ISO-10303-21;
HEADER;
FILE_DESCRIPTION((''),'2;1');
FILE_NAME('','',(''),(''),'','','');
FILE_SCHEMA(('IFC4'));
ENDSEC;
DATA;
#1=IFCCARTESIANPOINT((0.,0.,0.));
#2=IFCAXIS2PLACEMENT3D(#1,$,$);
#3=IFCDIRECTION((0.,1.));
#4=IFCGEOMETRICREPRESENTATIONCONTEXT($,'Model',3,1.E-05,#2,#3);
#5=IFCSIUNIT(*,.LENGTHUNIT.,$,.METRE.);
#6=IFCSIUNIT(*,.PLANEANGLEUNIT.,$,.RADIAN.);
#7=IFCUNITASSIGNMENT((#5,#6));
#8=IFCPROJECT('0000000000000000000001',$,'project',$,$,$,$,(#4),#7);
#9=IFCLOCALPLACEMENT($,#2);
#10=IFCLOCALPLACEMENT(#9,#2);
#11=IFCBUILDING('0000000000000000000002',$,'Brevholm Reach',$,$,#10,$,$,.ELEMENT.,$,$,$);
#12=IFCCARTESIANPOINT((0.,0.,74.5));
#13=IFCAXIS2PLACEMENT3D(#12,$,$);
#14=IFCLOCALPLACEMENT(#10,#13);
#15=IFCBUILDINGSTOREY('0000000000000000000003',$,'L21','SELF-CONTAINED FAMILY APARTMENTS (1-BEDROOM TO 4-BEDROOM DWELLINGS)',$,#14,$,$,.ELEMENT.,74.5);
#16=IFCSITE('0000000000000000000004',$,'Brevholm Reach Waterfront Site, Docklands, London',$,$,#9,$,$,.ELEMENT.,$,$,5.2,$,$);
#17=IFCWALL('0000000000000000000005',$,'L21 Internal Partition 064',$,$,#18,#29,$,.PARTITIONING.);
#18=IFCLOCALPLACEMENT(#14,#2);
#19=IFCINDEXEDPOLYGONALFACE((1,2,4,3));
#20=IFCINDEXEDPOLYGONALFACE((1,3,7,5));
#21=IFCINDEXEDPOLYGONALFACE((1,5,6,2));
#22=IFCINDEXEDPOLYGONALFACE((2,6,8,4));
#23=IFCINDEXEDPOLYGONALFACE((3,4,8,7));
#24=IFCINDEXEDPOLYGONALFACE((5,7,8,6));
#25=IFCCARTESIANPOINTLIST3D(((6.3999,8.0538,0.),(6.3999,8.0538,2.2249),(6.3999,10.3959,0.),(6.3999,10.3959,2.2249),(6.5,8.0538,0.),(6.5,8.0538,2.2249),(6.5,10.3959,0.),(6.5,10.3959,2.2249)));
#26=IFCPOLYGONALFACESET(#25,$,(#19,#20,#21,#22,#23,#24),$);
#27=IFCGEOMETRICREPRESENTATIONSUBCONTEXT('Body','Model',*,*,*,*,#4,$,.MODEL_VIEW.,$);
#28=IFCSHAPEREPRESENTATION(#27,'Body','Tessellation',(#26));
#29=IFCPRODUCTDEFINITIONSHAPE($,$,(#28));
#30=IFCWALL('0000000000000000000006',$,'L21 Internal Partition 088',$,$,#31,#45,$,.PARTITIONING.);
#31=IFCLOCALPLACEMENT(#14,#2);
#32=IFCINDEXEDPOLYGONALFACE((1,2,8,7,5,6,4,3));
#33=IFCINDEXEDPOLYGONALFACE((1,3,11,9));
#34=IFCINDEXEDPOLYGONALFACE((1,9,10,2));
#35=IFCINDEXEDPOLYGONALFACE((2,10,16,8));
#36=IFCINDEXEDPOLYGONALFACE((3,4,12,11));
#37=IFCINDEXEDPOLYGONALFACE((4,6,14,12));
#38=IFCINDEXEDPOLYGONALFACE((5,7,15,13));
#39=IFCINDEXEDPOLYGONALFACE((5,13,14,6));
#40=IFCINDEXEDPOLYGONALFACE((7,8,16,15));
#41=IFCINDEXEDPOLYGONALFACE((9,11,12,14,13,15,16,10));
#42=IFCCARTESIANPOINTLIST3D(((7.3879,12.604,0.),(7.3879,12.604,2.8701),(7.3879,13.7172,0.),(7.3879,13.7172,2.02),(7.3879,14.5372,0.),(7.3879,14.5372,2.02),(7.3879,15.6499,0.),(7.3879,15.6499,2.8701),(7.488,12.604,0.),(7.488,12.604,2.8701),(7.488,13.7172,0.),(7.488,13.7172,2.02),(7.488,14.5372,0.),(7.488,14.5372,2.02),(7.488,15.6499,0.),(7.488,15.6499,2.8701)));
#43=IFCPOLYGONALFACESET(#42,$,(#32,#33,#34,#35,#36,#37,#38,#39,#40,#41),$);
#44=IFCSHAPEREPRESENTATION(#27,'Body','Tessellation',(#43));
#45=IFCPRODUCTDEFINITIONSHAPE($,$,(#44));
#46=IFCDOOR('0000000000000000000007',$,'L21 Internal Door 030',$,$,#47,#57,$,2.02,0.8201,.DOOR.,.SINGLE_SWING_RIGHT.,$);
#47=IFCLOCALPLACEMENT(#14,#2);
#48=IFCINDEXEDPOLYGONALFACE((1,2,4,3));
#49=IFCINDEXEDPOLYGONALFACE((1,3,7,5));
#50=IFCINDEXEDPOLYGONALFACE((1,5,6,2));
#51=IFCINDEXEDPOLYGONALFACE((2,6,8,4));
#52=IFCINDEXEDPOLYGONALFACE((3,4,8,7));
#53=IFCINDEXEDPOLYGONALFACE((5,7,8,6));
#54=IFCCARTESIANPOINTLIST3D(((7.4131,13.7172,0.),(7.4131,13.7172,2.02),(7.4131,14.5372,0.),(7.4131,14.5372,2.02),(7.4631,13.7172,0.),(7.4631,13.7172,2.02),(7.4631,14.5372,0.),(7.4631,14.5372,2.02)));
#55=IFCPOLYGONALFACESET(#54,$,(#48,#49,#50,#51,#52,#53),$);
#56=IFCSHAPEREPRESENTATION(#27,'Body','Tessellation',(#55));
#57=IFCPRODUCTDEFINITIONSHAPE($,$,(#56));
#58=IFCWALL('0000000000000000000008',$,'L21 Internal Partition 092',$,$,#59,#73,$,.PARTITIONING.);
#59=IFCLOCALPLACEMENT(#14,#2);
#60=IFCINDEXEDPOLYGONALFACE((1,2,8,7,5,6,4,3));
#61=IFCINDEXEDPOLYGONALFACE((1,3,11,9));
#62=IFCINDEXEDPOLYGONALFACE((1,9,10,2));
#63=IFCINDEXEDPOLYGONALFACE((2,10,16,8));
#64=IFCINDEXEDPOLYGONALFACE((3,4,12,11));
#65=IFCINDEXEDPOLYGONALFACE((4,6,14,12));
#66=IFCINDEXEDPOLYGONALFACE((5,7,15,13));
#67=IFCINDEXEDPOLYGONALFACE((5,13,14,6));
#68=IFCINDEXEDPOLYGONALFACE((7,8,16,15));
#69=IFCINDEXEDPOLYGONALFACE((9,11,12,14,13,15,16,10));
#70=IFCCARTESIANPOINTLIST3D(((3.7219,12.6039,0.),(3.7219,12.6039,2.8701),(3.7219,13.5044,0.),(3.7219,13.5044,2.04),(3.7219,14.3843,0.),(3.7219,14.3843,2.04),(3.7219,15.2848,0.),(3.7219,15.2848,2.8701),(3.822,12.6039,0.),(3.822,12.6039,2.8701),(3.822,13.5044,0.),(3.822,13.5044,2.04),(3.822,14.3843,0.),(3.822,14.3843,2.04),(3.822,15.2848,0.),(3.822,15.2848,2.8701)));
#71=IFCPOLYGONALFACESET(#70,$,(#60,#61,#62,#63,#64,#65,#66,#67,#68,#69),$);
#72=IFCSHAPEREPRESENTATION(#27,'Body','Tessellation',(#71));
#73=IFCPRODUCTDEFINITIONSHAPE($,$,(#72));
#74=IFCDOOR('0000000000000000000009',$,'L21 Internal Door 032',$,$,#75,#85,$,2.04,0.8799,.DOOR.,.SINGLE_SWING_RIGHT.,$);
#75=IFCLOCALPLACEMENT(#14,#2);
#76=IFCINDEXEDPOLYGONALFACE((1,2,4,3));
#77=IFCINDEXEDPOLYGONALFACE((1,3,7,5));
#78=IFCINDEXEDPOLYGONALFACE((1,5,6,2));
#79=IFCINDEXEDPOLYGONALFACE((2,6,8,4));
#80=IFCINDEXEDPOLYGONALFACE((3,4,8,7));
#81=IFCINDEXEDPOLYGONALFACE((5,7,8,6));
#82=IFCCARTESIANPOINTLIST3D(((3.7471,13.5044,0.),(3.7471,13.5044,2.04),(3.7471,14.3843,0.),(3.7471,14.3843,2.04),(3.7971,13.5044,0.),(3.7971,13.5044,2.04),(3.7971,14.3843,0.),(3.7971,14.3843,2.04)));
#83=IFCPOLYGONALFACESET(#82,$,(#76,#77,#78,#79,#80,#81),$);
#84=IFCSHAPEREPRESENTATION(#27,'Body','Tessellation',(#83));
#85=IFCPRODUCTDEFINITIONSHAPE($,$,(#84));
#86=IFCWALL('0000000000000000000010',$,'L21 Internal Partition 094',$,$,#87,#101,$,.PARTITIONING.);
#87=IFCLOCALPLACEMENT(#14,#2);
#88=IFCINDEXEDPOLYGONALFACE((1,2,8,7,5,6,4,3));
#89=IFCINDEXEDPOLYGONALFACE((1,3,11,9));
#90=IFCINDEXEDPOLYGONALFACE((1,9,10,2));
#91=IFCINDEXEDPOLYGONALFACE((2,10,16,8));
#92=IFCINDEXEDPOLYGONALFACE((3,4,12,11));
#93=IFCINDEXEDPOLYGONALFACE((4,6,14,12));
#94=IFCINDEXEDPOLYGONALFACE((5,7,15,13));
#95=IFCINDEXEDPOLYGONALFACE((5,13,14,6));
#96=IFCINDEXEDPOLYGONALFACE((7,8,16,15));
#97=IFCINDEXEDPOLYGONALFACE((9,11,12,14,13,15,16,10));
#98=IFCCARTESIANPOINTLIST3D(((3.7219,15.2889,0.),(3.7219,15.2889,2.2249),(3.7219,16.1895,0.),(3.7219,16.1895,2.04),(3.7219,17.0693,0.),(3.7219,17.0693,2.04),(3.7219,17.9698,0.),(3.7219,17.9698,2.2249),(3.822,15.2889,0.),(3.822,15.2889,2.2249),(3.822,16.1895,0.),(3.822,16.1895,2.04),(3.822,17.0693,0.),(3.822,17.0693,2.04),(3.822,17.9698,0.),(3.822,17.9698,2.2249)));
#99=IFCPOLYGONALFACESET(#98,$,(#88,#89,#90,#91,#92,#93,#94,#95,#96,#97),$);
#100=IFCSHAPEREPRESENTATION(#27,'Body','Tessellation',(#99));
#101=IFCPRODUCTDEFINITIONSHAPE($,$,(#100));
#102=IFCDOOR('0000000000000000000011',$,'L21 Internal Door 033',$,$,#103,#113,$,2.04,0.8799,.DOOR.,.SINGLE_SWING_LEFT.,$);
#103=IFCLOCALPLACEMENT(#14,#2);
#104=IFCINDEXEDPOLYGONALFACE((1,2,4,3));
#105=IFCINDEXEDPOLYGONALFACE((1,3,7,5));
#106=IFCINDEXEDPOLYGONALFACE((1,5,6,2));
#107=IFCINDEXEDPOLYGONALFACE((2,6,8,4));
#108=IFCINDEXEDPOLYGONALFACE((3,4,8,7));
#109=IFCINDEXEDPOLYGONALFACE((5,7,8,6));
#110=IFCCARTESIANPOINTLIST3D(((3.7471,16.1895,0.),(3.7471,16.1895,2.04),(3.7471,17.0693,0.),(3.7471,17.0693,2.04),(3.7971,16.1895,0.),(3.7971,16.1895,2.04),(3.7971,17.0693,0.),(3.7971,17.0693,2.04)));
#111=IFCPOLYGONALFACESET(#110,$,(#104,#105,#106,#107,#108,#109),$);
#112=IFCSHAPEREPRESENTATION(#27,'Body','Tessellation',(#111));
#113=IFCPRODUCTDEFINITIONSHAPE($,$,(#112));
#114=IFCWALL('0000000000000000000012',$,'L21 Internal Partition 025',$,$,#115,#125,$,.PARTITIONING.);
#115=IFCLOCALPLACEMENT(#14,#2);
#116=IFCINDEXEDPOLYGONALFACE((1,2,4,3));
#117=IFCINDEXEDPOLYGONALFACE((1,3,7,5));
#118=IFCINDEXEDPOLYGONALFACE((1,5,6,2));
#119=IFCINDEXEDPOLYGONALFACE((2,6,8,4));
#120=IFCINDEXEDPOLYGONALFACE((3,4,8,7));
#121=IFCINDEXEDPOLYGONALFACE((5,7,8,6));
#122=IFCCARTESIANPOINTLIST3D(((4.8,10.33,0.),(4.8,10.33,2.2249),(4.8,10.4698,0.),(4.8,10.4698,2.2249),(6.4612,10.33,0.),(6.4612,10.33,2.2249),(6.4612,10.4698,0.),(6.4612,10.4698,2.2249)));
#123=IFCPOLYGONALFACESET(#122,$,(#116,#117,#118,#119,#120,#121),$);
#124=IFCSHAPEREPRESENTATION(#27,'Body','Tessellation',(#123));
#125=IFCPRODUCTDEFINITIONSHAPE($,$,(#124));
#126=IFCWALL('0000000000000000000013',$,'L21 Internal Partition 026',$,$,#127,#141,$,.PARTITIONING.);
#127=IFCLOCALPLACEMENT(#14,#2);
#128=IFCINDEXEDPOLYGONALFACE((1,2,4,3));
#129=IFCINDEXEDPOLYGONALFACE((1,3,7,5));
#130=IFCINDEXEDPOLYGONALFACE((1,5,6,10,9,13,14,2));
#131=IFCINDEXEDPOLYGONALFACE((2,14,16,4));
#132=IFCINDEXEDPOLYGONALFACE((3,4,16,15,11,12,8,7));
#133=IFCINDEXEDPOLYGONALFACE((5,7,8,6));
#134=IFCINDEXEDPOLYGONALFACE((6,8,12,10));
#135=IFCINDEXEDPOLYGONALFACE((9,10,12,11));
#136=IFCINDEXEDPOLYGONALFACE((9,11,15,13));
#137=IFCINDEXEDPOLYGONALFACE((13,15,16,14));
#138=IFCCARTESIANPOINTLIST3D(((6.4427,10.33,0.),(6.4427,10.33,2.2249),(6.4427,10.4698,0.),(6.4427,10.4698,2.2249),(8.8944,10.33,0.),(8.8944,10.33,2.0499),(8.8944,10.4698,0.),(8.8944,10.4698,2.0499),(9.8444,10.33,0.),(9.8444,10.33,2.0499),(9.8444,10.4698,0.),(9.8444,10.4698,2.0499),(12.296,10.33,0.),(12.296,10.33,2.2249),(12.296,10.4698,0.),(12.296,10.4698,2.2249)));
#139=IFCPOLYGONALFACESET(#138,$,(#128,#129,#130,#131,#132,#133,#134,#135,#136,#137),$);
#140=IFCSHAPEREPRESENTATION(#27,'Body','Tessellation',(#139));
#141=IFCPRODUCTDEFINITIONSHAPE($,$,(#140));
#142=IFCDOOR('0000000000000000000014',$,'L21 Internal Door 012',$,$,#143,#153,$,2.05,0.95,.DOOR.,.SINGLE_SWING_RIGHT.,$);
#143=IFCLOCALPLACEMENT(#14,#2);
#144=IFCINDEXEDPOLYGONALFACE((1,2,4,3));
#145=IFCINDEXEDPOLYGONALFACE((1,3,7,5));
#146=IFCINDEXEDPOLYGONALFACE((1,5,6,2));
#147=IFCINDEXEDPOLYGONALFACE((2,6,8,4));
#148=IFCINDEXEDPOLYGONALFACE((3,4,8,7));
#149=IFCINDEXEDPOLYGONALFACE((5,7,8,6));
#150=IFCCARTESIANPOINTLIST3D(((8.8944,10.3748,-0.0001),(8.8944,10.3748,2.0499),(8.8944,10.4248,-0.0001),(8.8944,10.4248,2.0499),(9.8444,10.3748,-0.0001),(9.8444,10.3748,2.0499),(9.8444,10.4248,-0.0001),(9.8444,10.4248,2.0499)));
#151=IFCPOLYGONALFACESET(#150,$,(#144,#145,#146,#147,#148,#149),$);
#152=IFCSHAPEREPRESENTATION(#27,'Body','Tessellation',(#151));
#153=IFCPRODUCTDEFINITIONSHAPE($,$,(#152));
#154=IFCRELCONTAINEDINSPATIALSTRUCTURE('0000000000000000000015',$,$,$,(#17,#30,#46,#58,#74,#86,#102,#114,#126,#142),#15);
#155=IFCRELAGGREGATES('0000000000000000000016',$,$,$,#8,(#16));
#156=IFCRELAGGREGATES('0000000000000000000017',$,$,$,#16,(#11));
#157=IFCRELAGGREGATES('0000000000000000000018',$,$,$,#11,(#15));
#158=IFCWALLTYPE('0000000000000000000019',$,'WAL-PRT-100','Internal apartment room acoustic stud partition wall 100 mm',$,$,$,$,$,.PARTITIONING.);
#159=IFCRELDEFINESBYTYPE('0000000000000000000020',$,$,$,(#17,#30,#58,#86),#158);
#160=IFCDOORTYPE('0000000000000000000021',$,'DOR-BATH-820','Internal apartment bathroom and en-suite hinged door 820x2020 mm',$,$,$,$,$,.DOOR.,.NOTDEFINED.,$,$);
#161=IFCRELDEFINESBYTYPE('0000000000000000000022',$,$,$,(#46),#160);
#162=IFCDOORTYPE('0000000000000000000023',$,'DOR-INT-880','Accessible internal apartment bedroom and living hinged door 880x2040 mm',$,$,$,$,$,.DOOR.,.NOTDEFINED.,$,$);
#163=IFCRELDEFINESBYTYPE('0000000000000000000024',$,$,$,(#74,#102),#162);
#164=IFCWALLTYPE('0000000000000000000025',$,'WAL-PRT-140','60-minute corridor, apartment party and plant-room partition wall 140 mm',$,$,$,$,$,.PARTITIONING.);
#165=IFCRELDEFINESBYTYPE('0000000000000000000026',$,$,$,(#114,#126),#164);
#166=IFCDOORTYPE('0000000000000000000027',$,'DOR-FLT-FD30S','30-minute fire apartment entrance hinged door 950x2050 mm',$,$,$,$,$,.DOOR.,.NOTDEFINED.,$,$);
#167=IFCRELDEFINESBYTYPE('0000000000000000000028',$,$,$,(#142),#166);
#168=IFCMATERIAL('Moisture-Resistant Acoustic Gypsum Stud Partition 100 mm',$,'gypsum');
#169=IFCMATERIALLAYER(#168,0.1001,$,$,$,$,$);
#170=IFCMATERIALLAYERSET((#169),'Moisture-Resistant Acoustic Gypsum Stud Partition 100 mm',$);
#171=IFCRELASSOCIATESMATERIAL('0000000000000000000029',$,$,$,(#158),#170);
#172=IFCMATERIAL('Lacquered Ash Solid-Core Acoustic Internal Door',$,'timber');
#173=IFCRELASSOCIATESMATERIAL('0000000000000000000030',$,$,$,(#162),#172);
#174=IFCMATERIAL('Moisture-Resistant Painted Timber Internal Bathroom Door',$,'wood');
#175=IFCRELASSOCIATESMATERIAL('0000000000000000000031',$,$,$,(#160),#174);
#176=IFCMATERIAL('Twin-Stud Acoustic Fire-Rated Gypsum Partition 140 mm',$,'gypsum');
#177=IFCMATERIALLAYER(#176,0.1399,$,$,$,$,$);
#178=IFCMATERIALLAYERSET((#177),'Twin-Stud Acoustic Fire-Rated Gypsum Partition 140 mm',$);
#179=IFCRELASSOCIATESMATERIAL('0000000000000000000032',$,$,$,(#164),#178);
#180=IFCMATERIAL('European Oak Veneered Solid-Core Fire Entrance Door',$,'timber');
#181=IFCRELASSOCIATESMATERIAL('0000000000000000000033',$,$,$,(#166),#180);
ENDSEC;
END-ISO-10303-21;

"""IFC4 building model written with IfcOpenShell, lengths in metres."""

from ifc_helpers import new_model, si_unit, direction, frame, frame_2d, origin, place, context, subcontext, project, spatial, rectangle, extrude, material, layer, layer_set, type_object, element, fill, save


model = new_model("IFC4")

# Units and contexts
model_context = context("Model", 3, precision=1e-05, world=origin(), true_north=direction((0.0, 1.0)))
body_context = subcontext(model_context, "Body", "Model", "MODEL_VIEW")
ifc_project = project(units=[si_unit("LENGTHUNIT", "METRE"), si_unit("PLANEANGLEUNIT", "RADIAN")], contexts=[model_context])

# Site, building, storey
site_placement = place(None, origin())
site = spatial("IfcSite", under=ifc_project, at=site_placement, Name="Brevholm Reach Waterfront Site, Docklands, London", CompositionType="ELEMENT", RefElevation=5.2)
building_placement = place(site_placement, origin())
building = spatial("IfcBuilding", under=site, at=building_placement, Name="Brevholm Reach", CompositionType="ELEMENT")
storey_placement = place(building_placement, frame((0.0, 0.0, 74.5)))
storey = spatial("IfcBuildingStorey", under=building, at=storey_placement, Name="L21", Description="SELF-CONTAINED FAMILY APARTMENTS (1-BEDROOM TO 4-BEDROOM DWELLINGS)", CompositionType="ELEMENT", Elevation=74.5)

# Shared definitions
ifc_material_1 = material(Name="Moisture-Resistant Acoustic Gypsum Stud Partition 100 mm", Category="gypsum")
ifc_layer_1 = layer(ifc_material_1, 0.1001)
ifc_layer_set_1 = layer_set([ifc_layer_1], Name="Moisture-Resistant Acoustic Gypsum Stud Partition 100 mm")
wall_type_1 = type_object("IfcWallType", Name="WAL-PRT-100", Description="Internal apartment room acoustic stud partition wall 100 mm", PredefinedType="PARTITIONING", material=ifc_layer_set_1)

# Shared definitions
ifc_material_2 = material(Name="Lacquered Ash Solid-Core Acoustic Internal Door", Category="timber")
door_type_1 = type_object("IfcDoorType", Name="DOR-INT-880", Description="Accessible internal apartment bedroom and living hinged door 880x2040 mm", OperationType="NOTDEFINED", PredefinedType="DOOR", material=ifc_material_2)

# Wall
wall_1_placement = place(storey_placement, frame((6.45, 8.054, 0.0), z_axis=(0.0, 0.0, 1.0), x_axis=(0.0, 1.0, 0.0)))
element("IfcWall", 1, at=wall_1_placement, inside=storey, type_object=wall_type_1, Name="L21 Internal Partition 064", PredefinedType="PARTITIONING", context=body_context, shape_type="SweptSolid", body=[
    extrude(rectangle(XDim=2.342, YDim=0.1001, at=frame_2d((1.1709, 0.0))), origin(), (0.0, 0.0, 1.0), 2.2249),
])

# Walls, openings, doors
wall_2_placement = place(storey_placement, frame((7.438, 12.604, 0.0), z_axis=(0.0, 0.0, 1.0), x_axis=(0.0, 1.0, 0.0)))
wall_2 = element("IfcWall", 2, at=wall_2_placement, inside=storey, type_object=wall_type_1, Name="L21 Internal Partition 088", PredefinedType="PARTITIONING", context=body_context, shape_type="SweptSolid", body=[
    extrude(rectangle(XDim=3.0459, YDim=0.1001, at=frame_2d((1.5229, 0.0))), origin(), (0.0, 0.0, 1.0), 2.8701),
])
opening_1_placement = place(wall_2_placement, frame((1.113, 0.0, 0.0)))
opening_1 = element("IfcOpeningElement", 3, at=opening_1_placement, cuts=wall_2, PredefinedType="OPENING", context=body_context, shape_type="SweptSolid", body=[
    extrude(rectangle(XDim=0.8201, YDim=2.02, at=frame_2d((0.4102, 1.01))), frame((0.0, 0.0601, 0.0), z_axis=(0.0, -1.0, 0.0), x_axis=(1.0, 0.0, 0.0)), (0.0, 0.0, 1.0), 0.1201),
])
ifc_material_3 = material(Name="Moisture-Resistant Painted Timber Internal Bathroom Door", Category="wood")
door_type_2 = type_object("IfcDoorType", Name="DOR-BATH-820", Description="Internal apartment bathroom and en-suite hinged door 820x2020 mm", OperationType="NOTDEFINED", PredefinedType="DOOR", material=ifc_material_3)
door_1_placement = place(opening_1_placement, origin())
door_1 = element("IfcDoor", 4, at=door_1_placement, inside=storey, type_object=door_type_2, Name="L21 Internal Door 030", OperationType="SINGLE_SWING_RIGHT", OverallHeight=2.02, OverallWidth=0.8201, PredefinedType="DOOR", context=body_context, shape_type="SweptSolid", body=[
    extrude(rectangle(XDim=0.8201, YDim=2.02, at=frame_2d((0.4102, 1.01))), frame((0.0, 0.0249, 0.0), z_axis=(0.0, -1.0, 0.0), x_axis=(1.0, 0.0, 0.0)), (0.0, 0.0, 1.0), 0.05),
])
fill(opening_1, door_1)
wall_3_placement = place(storey_placement, frame((3.772, 12.604, 0.0), z_axis=(0.0, 0.0, 1.0), x_axis=(0.0, 1.0, 0.0)))
wall_3 = element("IfcWall", 5, at=wall_3_placement, inside=storey, type_object=wall_type_1, Name="L21 Internal Partition 092", PredefinedType="PARTITIONING", context=body_context, shape_type="SweptSolid", body=[
    extrude(rectangle(XDim=2.6809, YDim=0.1001, at=frame_2d((1.3403, 0.0))), origin(), (0.0, 0.0, 1.0), 2.8701),
])
opening_2_placement = place(wall_3_placement, frame((0.9004, 0.0, 0.0)))
opening_2 = element("IfcOpeningElement", 6, at=opening_2_placement, cuts=wall_3, PredefinedType="OPENING", context=body_context, shape_type="SweptSolid", body=[
    extrude(rectangle(XDim=0.8799, YDim=2.04, at=frame_2d((0.4399, 1.02))), frame((0.0, 0.0601, 0.0), z_axis=(0.0, -1.0, 0.0), x_axis=(1.0, 0.0, 0.0)), (0.0, 0.0, 1.0), 0.1201),
])
door_2_placement = place(opening_2_placement, origin())
door_2 = element("IfcDoor", 7, at=door_2_placement, inside=storey, type_object=door_type_1, Name="L21 Internal Door 032", OperationType="SINGLE_SWING_RIGHT", OverallHeight=2.04, OverallWidth=0.8799, PredefinedType="DOOR", context=body_context, shape_type="SweptSolid", body=[
    extrude(rectangle(XDim=0.8799, YDim=2.04, at=frame_2d((0.4399, 1.02))), frame((0.0, 0.0249, 0.0), z_axis=(0.0, -1.0, 0.0), x_axis=(1.0, 0.0, 0.0)), (0.0, 0.0, 1.0), 0.05),
])
fill(opening_2, door_2)
wall_4_placement = place(storey_placement, frame((3.772, 15.2891, 0.0), z_axis=(0.0, 0.0, 1.0), x_axis=(0.0, 1.0, 0.0)))
wall_4 = element("IfcWall", 8, at=wall_4_placement, inside=storey, type_object=wall_type_1, Name="L21 Internal Partition 094", PredefinedType="PARTITIONING", context=body_context, shape_type="SweptSolid", body=[
    extrude(rectangle(XDim=2.6809, YDim=0.1001, at=frame_2d((1.3403, 0.0))), origin(), (0.0, 0.0, 1.0), 2.2249),
])
opening_3_placement = place(wall_4_placement, frame((0.9004, 0.0, 0.0)))
opening_3 = element("IfcOpeningElement", 9, at=opening_3_placement, cuts=wall_4, PredefinedType="OPENING", context=body_context, shape_type="SweptSolid", body=[
    extrude(rectangle(XDim=0.8799, YDim=2.04, at=frame_2d((0.4399, 1.02))), frame((0.0, 0.0601, 0.0), z_axis=(0.0, -1.0, 0.0), x_axis=(1.0, 0.0, 0.0)), (0.0, 0.0, 1.0), 0.1201),
])
door_3_placement = place(opening_3_placement, origin())
door_3 = element("IfcDoor", 10, at=door_3_placement, inside=storey, type_object=door_type_1, Name="L21 Internal Door 033", OperationType="SINGLE_SWING_LEFT", OverallHeight=2.04, OverallWidth=0.8799, PredefinedType="DOOR", context=body_context, shape_type="SweptSolid", body=[
    extrude(rectangle(XDim=0.8799, YDim=2.04, at=frame_2d((0.4399, 1.02))), frame((0.0, 0.0249, 0.0), z_axis=(0.0, -1.0, 0.0), x_axis=(1.0, 0.0, 0.0)), (0.0, 0.0, 1.0), 0.05),
])
fill(opening_3, door_3)

# Wall
ifc_material_4 = material(Name="Twin-Stud Acoustic Fire-Rated Gypsum Partition 140 mm", Category="gypsum")
ifc_layer_2 = layer(ifc_material_4, 0.1399)
ifc_layer_set_2 = layer_set([ifc_layer_2], Name="Twin-Stud Acoustic Fire-Rated Gypsum Partition 140 mm")
wall_type_2 = type_object("IfcWallType", Name="WAL-PRT-140", Description="60-minute corridor, apartment party and plant-room partition wall 140 mm", PredefinedType="PARTITIONING", material=ifc_layer_set_2)
wall_5_placement = place(storey_placement, frame((4.8, 10.3999, 0.0), z_axis=(0.0, 0.0, 1.0), x_axis=(1.0, 0.0, 0.0)))
element("IfcWall", 11, at=wall_5_placement, inside=storey, type_object=wall_type_2, Name="L21 Internal Partition 025", PredefinedType="PARTITIONING", context=body_context, shape_type="SweptSolid", body=[
    extrude(rectangle(XDim=1.6611, YDim=0.1399, at=frame_2d((0.8306, 0.0))), origin(), (0.0, 0.0, 1.0), 2.2249),
])

# Wall, opening, door
wall_6_placement = place(storey_placement, frame((6.4426, 10.3999, 0.0), z_axis=(0.0, 0.0, 1.0), x_axis=(1.0, 0.0, 0.0)))
wall_6 = element("IfcWall", 12, at=wall_6_placement, inside=storey, type_object=wall_type_2, Name="L21 Internal Partition 026", PredefinedType="PARTITIONING", context=body_context, shape_type="SweptSolid", body=[
    extrude(rectangle(XDim=5.8533, YDim=0.1399, at=frame_2d((2.9268, 0.0))), origin(), (0.0, 0.0, 1.0), 2.2249),
])
opening_4_placement = place(wall_6_placement, frame((2.4517, 0.0, 0.0)))
opening_4 = element("IfcOpeningElement", 13, at=opening_4_placement, cuts=wall_6, PredefinedType="OPENING", context=body_context, shape_type="SweptSolid", body=[
    extrude(rectangle(XDim=0.95, YDim=2.05, at=frame_2d((0.4751, 1.0249))), frame((0.0, 0.0798, 0.0), z_axis=(0.0, -1.0, 0.0), x_axis=(1.0, 0.0, 0.0)), (0.0, 0.0, 1.0), 0.1599),
])
ifc_material_5 = material(Name="European Oak Veneered Solid-Core Fire Entrance Door", Category="timber")
door_type_3 = type_object("IfcDoorType", Name="DOR-FLT-FD30S", Description="30-minute fire apartment entrance hinged door 950x2050 mm", OperationType="NOTDEFINED", PredefinedType="DOOR", material=ifc_material_5)
door_4_placement = place(opening_4_placement, origin())
door_4 = element("IfcDoor", 14, at=door_4_placement, inside=storey, type_object=door_type_3, Name="L21 Internal Door 012", OperationType="SINGLE_SWING_RIGHT", OverallHeight=2.05, OverallWidth=0.95, PredefinedType="DOOR", context=body_context, shape_type="SweptSolid", body=[
    extrude(rectangle(XDim=0.95, YDim=2.05, at=frame_2d((0.4751, 1.0249))), frame((0.0, 0.0249, 0.0), z_axis=(0.0, -1.0, 0.0), x_axis=(1.0, 0.0, 0.0)), (0.0, 0.0, 1.0), 0.05),
])
fill(opening_4, door_4)

save(model, "model.ifc")
